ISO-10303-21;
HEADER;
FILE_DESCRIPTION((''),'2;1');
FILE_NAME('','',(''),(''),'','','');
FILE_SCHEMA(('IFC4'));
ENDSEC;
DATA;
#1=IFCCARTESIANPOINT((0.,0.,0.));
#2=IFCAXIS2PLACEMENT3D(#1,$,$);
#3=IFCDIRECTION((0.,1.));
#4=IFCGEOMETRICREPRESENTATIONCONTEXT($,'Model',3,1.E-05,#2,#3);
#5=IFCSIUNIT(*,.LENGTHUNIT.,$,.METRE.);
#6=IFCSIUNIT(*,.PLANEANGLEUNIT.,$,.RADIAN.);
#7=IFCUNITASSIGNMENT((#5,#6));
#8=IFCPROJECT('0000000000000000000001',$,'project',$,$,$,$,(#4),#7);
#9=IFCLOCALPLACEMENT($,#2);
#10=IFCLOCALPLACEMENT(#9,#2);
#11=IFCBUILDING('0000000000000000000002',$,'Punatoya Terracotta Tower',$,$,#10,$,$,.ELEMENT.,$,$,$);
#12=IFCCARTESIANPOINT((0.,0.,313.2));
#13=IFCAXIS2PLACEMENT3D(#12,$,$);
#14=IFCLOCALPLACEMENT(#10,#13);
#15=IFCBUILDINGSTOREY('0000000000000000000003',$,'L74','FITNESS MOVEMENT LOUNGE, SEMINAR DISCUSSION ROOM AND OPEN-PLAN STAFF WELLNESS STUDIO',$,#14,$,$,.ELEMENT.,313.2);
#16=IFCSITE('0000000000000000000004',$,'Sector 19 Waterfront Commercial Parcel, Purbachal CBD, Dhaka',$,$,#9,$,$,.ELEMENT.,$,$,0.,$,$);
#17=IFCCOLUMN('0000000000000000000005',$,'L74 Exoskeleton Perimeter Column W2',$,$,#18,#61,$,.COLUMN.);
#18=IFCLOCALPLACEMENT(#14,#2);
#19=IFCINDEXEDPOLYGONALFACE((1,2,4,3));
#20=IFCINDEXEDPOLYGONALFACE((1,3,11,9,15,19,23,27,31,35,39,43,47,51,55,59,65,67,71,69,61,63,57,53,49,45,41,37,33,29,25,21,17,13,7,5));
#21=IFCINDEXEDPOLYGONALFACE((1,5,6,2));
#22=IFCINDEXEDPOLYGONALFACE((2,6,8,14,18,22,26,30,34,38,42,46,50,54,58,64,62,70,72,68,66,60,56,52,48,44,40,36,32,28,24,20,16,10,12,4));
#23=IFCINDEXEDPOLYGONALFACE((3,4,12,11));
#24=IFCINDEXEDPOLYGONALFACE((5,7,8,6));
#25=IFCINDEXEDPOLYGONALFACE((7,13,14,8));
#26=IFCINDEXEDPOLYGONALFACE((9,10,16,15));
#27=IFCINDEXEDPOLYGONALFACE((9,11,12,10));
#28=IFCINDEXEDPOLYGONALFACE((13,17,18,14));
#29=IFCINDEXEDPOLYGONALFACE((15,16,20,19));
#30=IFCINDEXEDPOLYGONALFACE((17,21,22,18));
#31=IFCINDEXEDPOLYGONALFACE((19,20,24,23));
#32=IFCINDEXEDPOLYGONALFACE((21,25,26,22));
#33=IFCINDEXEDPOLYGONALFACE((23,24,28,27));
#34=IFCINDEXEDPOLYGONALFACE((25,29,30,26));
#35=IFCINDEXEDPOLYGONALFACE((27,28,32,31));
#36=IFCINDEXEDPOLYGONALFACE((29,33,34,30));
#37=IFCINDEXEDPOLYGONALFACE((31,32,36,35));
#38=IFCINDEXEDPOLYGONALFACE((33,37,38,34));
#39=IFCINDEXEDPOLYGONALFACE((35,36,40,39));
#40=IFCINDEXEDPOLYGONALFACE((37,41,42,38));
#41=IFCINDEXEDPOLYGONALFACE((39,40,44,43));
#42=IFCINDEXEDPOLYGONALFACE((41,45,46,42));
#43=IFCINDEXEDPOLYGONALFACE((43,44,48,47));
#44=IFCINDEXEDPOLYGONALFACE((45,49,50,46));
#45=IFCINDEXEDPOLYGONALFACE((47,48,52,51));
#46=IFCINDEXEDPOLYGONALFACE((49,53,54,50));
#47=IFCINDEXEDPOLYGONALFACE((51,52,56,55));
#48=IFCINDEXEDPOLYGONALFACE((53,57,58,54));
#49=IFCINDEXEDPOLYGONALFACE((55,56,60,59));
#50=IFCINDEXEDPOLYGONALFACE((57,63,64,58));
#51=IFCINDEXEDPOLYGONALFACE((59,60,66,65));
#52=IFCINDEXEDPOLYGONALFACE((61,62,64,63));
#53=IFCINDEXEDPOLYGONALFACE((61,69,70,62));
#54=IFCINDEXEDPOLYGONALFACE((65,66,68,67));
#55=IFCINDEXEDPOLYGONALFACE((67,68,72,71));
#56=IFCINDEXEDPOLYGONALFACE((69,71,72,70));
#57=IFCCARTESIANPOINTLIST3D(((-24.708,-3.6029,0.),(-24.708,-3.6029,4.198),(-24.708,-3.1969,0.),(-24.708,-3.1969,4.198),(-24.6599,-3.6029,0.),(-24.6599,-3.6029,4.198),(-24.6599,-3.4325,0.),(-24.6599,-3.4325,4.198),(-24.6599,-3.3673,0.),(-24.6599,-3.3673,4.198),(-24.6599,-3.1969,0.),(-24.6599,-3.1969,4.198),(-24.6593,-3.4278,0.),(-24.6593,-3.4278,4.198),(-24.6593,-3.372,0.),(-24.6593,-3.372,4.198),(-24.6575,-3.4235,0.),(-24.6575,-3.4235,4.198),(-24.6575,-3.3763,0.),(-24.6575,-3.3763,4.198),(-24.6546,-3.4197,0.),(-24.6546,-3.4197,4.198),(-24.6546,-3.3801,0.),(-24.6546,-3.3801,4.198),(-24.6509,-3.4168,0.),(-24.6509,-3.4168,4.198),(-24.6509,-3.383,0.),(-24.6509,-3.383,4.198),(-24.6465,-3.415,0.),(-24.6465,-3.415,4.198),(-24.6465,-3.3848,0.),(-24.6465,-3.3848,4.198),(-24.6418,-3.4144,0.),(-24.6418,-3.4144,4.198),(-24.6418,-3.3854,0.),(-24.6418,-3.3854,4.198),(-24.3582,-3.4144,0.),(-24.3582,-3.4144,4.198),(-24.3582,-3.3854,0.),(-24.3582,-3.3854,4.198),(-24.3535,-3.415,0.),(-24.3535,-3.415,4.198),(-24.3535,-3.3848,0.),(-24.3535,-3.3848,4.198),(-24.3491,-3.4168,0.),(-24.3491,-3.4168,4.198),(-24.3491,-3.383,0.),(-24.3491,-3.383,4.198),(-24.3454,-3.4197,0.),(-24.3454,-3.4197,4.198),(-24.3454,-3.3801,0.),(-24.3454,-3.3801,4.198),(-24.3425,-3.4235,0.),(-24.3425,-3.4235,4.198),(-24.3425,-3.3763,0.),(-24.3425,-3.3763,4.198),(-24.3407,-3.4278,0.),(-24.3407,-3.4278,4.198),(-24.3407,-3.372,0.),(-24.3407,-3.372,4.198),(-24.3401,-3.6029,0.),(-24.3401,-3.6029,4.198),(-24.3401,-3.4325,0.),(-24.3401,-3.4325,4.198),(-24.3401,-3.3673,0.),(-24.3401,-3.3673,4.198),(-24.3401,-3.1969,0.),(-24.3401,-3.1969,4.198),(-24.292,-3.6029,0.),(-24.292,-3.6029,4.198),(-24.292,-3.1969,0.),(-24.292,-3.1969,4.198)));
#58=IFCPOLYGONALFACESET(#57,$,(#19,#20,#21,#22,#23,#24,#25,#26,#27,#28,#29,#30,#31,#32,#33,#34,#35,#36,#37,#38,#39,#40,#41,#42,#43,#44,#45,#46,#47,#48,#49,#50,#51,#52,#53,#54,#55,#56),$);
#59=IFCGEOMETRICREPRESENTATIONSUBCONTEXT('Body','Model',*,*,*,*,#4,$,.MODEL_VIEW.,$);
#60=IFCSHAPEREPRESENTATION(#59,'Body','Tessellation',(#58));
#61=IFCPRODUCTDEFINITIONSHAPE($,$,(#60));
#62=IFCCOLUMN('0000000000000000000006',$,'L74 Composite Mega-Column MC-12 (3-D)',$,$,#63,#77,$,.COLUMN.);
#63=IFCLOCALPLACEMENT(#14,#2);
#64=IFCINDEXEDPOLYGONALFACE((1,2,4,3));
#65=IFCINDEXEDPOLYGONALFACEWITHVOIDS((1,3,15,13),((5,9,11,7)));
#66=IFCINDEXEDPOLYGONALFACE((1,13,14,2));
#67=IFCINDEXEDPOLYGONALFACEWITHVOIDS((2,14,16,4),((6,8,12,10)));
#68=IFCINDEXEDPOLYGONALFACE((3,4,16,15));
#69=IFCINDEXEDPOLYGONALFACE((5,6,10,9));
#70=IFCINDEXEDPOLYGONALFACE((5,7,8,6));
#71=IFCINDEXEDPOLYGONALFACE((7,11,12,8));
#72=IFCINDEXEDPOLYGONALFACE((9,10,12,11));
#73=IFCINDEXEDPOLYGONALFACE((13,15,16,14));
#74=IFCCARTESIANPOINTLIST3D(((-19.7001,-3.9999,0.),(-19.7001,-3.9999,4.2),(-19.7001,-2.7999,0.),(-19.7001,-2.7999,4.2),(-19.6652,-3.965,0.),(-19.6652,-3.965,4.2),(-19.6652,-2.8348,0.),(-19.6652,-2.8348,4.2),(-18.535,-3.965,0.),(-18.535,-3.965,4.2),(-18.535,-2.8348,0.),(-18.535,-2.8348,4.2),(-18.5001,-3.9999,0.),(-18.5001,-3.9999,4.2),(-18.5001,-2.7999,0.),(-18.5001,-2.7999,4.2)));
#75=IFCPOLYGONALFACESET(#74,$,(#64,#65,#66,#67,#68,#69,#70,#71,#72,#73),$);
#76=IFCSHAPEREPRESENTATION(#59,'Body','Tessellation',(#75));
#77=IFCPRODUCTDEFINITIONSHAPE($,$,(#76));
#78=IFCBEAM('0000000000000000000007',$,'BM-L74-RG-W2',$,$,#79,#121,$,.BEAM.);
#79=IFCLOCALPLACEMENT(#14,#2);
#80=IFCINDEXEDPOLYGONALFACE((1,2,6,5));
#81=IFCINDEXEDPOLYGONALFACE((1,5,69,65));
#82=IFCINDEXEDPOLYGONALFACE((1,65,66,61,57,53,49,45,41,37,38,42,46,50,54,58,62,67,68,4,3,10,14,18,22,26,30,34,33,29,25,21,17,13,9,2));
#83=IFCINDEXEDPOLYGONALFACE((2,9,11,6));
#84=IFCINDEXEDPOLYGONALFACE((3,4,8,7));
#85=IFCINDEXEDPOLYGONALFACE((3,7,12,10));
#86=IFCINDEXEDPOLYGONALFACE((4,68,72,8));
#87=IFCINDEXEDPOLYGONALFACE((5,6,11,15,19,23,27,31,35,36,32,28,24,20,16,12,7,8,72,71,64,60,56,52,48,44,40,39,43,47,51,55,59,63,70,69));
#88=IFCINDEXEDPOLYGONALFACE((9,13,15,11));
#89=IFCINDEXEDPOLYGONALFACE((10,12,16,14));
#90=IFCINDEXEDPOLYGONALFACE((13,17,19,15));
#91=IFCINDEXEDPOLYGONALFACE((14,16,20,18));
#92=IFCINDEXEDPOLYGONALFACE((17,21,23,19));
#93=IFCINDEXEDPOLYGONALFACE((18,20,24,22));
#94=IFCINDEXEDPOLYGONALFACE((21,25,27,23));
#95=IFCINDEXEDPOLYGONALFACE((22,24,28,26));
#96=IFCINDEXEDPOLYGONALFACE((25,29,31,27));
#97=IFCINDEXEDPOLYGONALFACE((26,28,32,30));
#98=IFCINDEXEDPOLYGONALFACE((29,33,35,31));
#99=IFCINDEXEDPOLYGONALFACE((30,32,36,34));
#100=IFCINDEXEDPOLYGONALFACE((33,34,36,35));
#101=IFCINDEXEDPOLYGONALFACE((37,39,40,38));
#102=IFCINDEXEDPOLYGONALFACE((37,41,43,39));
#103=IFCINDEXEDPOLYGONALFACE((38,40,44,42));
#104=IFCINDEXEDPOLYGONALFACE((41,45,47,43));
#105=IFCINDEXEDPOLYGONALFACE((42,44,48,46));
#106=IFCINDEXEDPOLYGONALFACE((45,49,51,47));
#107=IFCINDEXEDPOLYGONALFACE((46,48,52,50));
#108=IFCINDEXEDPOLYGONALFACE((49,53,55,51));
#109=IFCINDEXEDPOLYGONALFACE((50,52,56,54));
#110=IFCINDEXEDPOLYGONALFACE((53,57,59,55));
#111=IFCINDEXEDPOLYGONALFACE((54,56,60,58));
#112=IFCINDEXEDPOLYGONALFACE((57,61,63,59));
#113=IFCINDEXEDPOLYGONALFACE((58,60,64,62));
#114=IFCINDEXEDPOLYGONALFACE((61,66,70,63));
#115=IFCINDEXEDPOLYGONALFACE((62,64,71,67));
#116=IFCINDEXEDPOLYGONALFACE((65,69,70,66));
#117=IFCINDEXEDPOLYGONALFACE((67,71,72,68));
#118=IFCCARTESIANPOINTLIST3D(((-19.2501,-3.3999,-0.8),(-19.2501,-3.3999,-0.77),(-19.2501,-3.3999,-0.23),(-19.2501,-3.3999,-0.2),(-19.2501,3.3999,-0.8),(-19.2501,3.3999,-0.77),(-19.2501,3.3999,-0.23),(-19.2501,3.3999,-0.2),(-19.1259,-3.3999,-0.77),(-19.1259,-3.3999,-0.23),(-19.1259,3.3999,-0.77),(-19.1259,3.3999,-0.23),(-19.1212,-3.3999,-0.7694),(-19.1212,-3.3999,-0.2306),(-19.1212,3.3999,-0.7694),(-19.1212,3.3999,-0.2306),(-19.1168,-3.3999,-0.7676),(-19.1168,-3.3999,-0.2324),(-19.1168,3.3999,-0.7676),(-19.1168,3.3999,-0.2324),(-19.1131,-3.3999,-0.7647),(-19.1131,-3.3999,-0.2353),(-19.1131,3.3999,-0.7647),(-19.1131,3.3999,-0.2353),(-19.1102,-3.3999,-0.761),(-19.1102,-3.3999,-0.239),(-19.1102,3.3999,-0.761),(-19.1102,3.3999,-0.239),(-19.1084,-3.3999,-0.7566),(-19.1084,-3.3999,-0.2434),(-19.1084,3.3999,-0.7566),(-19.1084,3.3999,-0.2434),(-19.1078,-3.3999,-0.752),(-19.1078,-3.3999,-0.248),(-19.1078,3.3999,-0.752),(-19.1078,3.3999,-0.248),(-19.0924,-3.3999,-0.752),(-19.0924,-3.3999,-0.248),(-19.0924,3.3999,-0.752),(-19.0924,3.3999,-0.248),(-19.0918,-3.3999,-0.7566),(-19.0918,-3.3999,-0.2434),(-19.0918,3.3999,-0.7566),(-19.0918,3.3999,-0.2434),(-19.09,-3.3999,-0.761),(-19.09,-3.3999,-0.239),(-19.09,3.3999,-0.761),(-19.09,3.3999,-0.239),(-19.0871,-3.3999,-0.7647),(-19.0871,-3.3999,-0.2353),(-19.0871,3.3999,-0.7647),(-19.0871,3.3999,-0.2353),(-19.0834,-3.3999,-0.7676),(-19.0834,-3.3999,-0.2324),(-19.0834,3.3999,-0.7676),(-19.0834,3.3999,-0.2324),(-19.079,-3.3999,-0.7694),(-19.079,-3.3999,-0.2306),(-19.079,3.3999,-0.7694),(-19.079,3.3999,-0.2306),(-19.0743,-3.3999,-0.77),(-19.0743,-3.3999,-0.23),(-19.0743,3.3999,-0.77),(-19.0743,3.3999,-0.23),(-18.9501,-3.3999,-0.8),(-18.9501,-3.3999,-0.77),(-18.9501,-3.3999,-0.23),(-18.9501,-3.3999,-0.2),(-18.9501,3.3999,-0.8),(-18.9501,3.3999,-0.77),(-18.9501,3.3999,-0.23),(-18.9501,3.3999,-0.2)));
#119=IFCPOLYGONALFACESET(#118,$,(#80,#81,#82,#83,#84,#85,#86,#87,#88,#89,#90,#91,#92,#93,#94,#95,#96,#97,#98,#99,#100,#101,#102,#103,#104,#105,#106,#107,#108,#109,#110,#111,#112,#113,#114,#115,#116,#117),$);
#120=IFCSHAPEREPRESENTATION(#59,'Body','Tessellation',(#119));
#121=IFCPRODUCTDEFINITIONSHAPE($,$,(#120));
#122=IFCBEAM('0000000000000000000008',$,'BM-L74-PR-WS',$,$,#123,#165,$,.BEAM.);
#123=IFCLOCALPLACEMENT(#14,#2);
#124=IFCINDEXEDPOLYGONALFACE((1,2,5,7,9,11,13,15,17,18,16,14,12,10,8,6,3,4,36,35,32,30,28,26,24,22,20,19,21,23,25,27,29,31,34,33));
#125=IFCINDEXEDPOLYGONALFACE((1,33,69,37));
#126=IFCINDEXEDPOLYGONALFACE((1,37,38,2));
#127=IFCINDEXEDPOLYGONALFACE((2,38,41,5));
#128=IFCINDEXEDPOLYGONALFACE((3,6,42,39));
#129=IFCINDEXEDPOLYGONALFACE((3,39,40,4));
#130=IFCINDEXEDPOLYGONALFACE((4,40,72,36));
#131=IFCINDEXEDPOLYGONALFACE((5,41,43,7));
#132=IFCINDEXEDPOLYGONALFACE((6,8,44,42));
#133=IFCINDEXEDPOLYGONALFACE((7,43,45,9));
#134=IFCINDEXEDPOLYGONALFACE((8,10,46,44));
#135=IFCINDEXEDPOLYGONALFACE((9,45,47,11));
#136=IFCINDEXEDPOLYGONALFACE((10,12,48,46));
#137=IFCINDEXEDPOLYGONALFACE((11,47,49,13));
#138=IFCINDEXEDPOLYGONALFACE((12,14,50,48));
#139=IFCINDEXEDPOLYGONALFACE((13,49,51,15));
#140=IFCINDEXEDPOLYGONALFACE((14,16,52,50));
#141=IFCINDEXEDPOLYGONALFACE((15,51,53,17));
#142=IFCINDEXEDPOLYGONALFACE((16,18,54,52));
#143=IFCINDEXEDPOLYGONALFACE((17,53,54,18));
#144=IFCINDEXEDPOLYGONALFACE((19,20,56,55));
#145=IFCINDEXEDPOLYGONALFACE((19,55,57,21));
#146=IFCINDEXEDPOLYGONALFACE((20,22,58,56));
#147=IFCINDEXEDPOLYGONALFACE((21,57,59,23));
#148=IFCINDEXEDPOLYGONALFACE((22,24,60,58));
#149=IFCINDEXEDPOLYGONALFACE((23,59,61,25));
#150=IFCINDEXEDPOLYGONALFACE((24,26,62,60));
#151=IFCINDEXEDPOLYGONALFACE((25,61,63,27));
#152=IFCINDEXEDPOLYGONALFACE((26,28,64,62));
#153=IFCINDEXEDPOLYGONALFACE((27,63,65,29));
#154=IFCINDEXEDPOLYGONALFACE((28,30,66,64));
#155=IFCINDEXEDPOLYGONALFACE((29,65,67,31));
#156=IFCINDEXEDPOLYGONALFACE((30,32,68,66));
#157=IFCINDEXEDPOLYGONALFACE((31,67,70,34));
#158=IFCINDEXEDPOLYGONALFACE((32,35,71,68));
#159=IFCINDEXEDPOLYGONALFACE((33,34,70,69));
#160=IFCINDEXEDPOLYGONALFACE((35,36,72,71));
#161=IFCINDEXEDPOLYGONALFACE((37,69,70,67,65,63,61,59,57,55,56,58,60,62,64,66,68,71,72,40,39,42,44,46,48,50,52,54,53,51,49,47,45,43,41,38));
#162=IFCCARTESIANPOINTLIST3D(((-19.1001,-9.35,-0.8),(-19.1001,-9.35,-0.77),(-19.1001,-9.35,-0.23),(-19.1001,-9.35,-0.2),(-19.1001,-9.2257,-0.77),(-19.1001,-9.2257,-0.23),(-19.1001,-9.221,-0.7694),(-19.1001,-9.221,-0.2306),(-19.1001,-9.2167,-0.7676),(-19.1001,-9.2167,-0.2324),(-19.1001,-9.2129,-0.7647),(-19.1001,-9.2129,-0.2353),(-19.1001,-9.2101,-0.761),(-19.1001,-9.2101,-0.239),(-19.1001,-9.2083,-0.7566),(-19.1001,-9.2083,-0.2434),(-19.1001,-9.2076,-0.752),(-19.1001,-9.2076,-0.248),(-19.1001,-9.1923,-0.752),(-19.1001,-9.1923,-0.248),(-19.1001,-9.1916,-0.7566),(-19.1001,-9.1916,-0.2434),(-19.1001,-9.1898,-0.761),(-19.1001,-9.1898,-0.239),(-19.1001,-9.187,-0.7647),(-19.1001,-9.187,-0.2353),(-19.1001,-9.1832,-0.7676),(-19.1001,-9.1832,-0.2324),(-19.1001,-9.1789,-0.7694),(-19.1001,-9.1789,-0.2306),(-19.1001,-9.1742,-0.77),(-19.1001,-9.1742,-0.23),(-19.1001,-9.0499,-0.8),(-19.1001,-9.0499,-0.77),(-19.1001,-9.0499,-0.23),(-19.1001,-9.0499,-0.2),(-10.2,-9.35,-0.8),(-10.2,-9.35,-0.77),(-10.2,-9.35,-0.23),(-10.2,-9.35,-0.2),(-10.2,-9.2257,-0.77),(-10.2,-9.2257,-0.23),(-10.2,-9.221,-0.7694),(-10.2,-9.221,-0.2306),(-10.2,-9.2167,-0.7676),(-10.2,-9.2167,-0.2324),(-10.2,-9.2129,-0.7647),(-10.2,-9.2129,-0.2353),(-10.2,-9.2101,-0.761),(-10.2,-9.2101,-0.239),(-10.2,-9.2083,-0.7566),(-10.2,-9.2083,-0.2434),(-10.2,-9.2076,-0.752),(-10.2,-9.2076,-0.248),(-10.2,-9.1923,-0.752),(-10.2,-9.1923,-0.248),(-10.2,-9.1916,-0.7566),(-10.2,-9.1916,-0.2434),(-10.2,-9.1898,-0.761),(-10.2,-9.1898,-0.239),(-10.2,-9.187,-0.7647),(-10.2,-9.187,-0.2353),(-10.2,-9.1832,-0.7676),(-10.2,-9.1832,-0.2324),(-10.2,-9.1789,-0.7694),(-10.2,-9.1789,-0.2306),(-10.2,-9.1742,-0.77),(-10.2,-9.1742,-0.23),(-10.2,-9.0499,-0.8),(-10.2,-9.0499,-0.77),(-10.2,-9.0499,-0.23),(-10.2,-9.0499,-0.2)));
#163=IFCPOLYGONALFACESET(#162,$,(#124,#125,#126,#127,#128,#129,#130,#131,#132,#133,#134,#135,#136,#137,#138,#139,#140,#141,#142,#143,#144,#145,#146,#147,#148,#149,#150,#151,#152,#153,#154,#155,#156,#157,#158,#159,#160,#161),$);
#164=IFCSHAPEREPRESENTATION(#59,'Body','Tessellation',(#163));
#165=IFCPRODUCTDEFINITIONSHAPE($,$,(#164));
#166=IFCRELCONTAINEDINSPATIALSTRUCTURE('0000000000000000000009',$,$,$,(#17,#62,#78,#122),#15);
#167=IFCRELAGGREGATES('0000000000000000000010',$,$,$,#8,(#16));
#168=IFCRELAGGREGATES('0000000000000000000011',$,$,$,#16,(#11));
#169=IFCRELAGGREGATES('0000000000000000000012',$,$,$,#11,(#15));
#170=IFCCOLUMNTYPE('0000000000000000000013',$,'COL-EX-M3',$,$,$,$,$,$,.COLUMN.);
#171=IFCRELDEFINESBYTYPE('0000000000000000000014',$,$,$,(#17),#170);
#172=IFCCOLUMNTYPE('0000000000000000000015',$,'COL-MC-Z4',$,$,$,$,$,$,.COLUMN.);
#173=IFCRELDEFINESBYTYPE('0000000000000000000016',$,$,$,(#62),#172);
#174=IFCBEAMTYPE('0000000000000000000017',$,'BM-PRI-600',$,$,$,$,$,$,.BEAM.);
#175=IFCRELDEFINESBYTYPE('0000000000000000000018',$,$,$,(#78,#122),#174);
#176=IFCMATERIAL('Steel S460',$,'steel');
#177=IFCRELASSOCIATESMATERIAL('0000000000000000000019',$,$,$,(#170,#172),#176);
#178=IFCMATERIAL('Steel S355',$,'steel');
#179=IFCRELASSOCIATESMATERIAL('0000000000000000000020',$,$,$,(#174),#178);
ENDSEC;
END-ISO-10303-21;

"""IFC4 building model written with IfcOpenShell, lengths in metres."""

from ifc_helpers import new_model, si_unit, direction, frame, origin, origin_2d, place, context, subcontext, project, spatial, hollow_rectangle, i_section, extrude, material, material_profile, profile_set, type_object, element, save


model = new_model("IFC4")

# Units and contexts
model_context = context("Model", 3, precision=1e-05, world=origin(), true_north=direction((0.0, 1.0)))
body_context = subcontext(model_context, "Body", "Model", "MODEL_VIEW")
ifc_project = project(units=[si_unit("LENGTHUNIT", "METRE"), si_unit("PLANEANGLEUNIT", "RADIAN")], contexts=[model_context])

# Site, building, storey
site_placement = place(None, origin())
site = spatial("IfcSite", under=ifc_project, at=site_placement, Name="Sector 19 Waterfront Commercial Parcel, Purbachal CBD, Dhaka", CompositionType="ELEMENT", RefElevation=0.0)
building_placement = place(site_placement, origin())
building = spatial("IfcBuilding", under=site, at=building_placement, Name="Punatoya Terracotta Tower", CompositionType="ELEMENT")
storey_placement = place(building_placement, frame((0.0, 0.0, 313.2)))
storey = spatial("IfcBuildingStorey", under=building, at=storey_placement, Name="L74", Description="FITNESS MOVEMENT LOUNGE, SEMINAR DISCUSSION ROOM AND OPEN-PLAN STAFF WELLNESS STUDIO", CompositionType="ELEMENT", Elevation=313.2)

# Columns
ifc_material_1 = material(Name="Steel S460", Category="steel")
ifc_material_profile_1 = material_profile(ifc_material_1, i_section(OverallWidth=0.406, OverallDepth=0.416, WebThickness=0.0291, FlangeThickness=0.0481, FilletRadius=0.0181, at=origin_2d()))
ifc_profile_set_1 = profile_set([ifc_material_profile_1], Name="Steel S460")
column_type_1 = type_object("IfcColumnType", Name="COL-EX-M3", PredefinedType="COLUMN", material=ifc_profile_set_1)
column_1_placement = place(storey_placement, frame((-24.5, -3.3999, 0.0), z_axis=(0.0, 0.0, 1.0), x_axis=(0.0, 1.0, 0.0)))
element("IfcColumn", 1, at=column_1_placement, inside=storey, type_object=column_type_1, Name="L74 Exoskeleton Perimeter Column W2", PredefinedType="COLUMN", context=body_context, shape_type="SweptSolid", body=[
    extrude(i_section(OverallWidth=0.406, OverallDepth=0.416, WebThickness=0.0291, FlangeThickness=0.0481, FilletRadius=0.0181, at=origin_2d()), origin(), (0.0, 0.0, 1.0), 4.198),
])
ifc_material_profile_2 = material_profile(ifc_material_1, hollow_rectangle(XDim=1.2, YDim=1.2, WallThickness=0.0349, at=origin_2d()))
ifc_profile_set_2 = profile_set([ifc_material_profile_2], Name="Steel S460")
column_type_2 = type_object("IfcColumnType", Name="COL-MC-Z4", PredefinedType="COLUMN", material=ifc_profile_set_2)
column_2_placement = place(storey_placement, frame((-19.1001, -3.3999, 0.0), z_axis=(0.0, 0.0, 1.0), x_axis=(1.0, 0.0, 0.0)))
element("IfcColumn", 2, at=column_2_placement, inside=storey, type_object=column_type_2, Name="L74 Composite Mega-Column MC-12 (3-D)", PredefinedType="COLUMN", context=body_context, shape_type="SweptSolid", body=[
    extrude(hollow_rectangle(XDim=1.2, YDim=1.2, WallThickness=0.0349, at=origin_2d()), origin(), (0.0, 0.0, 1.0), 4.2),
])

# Beams
ifc_material_2 = material(Name="Steel S355", Category="steel")
ifc_material_profile_3 = material_profile(ifc_material_2, i_section(OverallWidth=0.3, OverallDepth=0.6001, WebThickness=0.0154, FlangeThickness=0.03, FilletRadius=0.0181, at=origin_2d()))
ifc_profile_set_3 = profile_set([ifc_material_profile_3], Name="Steel S355")
beam_type_1 = type_object("IfcBeamType", Name="BM-PRI-600", PredefinedType="BEAM", material=ifc_profile_set_3)
beam_1_placement = place(storey_placement, frame((-19.1001, -3.3999, -0.5), z_axis=(0.0, 1.0, 0.0), x_axis=(-1.0, 0.0, 0.0)))
element("IfcBeam", 3, at=beam_1_placement, inside=storey, type_object=beam_type_1, Name="BM-L74-RG-W2", PredefinedType="BEAM", context=body_context, shape_type="SweptSolid", body=[
    extrude(i_section(OverallWidth=0.3, OverallDepth=0.6001, WebThickness=0.0154, FlangeThickness=0.03, FilletRadius=0.0181, at=origin_2d()), origin(), (0.0, 0.0, 1.0), 6.7998),
])
for number, where, z_axis, x_axis, name in (
    (4, (-19.1001, -9.2, -0.5), (1.0, 0.0, 0.0), (0.0, 1.0, 0.0), "BM-L74-PR-WS"),
):
    element("IfcBeam", number, at=place(storey_placement, frame(where, z_axis=z_axis, x_axis=x_axis)), inside=storey, type_object=beam_type_1, Name=name, PredefinedType="BEAM", context=body_context, shape_type="SweptSolid", body=[
        extrude(i_section(OverallWidth=0.3, OverallDepth=0.6001, WebThickness=0.0154, FlangeThickness=0.03, FilletRadius=0.0181, at=origin_2d()), origin(), (0.0, 0.0, 1.0), 8.9001),
    ])

save(model, "model.ifc")
